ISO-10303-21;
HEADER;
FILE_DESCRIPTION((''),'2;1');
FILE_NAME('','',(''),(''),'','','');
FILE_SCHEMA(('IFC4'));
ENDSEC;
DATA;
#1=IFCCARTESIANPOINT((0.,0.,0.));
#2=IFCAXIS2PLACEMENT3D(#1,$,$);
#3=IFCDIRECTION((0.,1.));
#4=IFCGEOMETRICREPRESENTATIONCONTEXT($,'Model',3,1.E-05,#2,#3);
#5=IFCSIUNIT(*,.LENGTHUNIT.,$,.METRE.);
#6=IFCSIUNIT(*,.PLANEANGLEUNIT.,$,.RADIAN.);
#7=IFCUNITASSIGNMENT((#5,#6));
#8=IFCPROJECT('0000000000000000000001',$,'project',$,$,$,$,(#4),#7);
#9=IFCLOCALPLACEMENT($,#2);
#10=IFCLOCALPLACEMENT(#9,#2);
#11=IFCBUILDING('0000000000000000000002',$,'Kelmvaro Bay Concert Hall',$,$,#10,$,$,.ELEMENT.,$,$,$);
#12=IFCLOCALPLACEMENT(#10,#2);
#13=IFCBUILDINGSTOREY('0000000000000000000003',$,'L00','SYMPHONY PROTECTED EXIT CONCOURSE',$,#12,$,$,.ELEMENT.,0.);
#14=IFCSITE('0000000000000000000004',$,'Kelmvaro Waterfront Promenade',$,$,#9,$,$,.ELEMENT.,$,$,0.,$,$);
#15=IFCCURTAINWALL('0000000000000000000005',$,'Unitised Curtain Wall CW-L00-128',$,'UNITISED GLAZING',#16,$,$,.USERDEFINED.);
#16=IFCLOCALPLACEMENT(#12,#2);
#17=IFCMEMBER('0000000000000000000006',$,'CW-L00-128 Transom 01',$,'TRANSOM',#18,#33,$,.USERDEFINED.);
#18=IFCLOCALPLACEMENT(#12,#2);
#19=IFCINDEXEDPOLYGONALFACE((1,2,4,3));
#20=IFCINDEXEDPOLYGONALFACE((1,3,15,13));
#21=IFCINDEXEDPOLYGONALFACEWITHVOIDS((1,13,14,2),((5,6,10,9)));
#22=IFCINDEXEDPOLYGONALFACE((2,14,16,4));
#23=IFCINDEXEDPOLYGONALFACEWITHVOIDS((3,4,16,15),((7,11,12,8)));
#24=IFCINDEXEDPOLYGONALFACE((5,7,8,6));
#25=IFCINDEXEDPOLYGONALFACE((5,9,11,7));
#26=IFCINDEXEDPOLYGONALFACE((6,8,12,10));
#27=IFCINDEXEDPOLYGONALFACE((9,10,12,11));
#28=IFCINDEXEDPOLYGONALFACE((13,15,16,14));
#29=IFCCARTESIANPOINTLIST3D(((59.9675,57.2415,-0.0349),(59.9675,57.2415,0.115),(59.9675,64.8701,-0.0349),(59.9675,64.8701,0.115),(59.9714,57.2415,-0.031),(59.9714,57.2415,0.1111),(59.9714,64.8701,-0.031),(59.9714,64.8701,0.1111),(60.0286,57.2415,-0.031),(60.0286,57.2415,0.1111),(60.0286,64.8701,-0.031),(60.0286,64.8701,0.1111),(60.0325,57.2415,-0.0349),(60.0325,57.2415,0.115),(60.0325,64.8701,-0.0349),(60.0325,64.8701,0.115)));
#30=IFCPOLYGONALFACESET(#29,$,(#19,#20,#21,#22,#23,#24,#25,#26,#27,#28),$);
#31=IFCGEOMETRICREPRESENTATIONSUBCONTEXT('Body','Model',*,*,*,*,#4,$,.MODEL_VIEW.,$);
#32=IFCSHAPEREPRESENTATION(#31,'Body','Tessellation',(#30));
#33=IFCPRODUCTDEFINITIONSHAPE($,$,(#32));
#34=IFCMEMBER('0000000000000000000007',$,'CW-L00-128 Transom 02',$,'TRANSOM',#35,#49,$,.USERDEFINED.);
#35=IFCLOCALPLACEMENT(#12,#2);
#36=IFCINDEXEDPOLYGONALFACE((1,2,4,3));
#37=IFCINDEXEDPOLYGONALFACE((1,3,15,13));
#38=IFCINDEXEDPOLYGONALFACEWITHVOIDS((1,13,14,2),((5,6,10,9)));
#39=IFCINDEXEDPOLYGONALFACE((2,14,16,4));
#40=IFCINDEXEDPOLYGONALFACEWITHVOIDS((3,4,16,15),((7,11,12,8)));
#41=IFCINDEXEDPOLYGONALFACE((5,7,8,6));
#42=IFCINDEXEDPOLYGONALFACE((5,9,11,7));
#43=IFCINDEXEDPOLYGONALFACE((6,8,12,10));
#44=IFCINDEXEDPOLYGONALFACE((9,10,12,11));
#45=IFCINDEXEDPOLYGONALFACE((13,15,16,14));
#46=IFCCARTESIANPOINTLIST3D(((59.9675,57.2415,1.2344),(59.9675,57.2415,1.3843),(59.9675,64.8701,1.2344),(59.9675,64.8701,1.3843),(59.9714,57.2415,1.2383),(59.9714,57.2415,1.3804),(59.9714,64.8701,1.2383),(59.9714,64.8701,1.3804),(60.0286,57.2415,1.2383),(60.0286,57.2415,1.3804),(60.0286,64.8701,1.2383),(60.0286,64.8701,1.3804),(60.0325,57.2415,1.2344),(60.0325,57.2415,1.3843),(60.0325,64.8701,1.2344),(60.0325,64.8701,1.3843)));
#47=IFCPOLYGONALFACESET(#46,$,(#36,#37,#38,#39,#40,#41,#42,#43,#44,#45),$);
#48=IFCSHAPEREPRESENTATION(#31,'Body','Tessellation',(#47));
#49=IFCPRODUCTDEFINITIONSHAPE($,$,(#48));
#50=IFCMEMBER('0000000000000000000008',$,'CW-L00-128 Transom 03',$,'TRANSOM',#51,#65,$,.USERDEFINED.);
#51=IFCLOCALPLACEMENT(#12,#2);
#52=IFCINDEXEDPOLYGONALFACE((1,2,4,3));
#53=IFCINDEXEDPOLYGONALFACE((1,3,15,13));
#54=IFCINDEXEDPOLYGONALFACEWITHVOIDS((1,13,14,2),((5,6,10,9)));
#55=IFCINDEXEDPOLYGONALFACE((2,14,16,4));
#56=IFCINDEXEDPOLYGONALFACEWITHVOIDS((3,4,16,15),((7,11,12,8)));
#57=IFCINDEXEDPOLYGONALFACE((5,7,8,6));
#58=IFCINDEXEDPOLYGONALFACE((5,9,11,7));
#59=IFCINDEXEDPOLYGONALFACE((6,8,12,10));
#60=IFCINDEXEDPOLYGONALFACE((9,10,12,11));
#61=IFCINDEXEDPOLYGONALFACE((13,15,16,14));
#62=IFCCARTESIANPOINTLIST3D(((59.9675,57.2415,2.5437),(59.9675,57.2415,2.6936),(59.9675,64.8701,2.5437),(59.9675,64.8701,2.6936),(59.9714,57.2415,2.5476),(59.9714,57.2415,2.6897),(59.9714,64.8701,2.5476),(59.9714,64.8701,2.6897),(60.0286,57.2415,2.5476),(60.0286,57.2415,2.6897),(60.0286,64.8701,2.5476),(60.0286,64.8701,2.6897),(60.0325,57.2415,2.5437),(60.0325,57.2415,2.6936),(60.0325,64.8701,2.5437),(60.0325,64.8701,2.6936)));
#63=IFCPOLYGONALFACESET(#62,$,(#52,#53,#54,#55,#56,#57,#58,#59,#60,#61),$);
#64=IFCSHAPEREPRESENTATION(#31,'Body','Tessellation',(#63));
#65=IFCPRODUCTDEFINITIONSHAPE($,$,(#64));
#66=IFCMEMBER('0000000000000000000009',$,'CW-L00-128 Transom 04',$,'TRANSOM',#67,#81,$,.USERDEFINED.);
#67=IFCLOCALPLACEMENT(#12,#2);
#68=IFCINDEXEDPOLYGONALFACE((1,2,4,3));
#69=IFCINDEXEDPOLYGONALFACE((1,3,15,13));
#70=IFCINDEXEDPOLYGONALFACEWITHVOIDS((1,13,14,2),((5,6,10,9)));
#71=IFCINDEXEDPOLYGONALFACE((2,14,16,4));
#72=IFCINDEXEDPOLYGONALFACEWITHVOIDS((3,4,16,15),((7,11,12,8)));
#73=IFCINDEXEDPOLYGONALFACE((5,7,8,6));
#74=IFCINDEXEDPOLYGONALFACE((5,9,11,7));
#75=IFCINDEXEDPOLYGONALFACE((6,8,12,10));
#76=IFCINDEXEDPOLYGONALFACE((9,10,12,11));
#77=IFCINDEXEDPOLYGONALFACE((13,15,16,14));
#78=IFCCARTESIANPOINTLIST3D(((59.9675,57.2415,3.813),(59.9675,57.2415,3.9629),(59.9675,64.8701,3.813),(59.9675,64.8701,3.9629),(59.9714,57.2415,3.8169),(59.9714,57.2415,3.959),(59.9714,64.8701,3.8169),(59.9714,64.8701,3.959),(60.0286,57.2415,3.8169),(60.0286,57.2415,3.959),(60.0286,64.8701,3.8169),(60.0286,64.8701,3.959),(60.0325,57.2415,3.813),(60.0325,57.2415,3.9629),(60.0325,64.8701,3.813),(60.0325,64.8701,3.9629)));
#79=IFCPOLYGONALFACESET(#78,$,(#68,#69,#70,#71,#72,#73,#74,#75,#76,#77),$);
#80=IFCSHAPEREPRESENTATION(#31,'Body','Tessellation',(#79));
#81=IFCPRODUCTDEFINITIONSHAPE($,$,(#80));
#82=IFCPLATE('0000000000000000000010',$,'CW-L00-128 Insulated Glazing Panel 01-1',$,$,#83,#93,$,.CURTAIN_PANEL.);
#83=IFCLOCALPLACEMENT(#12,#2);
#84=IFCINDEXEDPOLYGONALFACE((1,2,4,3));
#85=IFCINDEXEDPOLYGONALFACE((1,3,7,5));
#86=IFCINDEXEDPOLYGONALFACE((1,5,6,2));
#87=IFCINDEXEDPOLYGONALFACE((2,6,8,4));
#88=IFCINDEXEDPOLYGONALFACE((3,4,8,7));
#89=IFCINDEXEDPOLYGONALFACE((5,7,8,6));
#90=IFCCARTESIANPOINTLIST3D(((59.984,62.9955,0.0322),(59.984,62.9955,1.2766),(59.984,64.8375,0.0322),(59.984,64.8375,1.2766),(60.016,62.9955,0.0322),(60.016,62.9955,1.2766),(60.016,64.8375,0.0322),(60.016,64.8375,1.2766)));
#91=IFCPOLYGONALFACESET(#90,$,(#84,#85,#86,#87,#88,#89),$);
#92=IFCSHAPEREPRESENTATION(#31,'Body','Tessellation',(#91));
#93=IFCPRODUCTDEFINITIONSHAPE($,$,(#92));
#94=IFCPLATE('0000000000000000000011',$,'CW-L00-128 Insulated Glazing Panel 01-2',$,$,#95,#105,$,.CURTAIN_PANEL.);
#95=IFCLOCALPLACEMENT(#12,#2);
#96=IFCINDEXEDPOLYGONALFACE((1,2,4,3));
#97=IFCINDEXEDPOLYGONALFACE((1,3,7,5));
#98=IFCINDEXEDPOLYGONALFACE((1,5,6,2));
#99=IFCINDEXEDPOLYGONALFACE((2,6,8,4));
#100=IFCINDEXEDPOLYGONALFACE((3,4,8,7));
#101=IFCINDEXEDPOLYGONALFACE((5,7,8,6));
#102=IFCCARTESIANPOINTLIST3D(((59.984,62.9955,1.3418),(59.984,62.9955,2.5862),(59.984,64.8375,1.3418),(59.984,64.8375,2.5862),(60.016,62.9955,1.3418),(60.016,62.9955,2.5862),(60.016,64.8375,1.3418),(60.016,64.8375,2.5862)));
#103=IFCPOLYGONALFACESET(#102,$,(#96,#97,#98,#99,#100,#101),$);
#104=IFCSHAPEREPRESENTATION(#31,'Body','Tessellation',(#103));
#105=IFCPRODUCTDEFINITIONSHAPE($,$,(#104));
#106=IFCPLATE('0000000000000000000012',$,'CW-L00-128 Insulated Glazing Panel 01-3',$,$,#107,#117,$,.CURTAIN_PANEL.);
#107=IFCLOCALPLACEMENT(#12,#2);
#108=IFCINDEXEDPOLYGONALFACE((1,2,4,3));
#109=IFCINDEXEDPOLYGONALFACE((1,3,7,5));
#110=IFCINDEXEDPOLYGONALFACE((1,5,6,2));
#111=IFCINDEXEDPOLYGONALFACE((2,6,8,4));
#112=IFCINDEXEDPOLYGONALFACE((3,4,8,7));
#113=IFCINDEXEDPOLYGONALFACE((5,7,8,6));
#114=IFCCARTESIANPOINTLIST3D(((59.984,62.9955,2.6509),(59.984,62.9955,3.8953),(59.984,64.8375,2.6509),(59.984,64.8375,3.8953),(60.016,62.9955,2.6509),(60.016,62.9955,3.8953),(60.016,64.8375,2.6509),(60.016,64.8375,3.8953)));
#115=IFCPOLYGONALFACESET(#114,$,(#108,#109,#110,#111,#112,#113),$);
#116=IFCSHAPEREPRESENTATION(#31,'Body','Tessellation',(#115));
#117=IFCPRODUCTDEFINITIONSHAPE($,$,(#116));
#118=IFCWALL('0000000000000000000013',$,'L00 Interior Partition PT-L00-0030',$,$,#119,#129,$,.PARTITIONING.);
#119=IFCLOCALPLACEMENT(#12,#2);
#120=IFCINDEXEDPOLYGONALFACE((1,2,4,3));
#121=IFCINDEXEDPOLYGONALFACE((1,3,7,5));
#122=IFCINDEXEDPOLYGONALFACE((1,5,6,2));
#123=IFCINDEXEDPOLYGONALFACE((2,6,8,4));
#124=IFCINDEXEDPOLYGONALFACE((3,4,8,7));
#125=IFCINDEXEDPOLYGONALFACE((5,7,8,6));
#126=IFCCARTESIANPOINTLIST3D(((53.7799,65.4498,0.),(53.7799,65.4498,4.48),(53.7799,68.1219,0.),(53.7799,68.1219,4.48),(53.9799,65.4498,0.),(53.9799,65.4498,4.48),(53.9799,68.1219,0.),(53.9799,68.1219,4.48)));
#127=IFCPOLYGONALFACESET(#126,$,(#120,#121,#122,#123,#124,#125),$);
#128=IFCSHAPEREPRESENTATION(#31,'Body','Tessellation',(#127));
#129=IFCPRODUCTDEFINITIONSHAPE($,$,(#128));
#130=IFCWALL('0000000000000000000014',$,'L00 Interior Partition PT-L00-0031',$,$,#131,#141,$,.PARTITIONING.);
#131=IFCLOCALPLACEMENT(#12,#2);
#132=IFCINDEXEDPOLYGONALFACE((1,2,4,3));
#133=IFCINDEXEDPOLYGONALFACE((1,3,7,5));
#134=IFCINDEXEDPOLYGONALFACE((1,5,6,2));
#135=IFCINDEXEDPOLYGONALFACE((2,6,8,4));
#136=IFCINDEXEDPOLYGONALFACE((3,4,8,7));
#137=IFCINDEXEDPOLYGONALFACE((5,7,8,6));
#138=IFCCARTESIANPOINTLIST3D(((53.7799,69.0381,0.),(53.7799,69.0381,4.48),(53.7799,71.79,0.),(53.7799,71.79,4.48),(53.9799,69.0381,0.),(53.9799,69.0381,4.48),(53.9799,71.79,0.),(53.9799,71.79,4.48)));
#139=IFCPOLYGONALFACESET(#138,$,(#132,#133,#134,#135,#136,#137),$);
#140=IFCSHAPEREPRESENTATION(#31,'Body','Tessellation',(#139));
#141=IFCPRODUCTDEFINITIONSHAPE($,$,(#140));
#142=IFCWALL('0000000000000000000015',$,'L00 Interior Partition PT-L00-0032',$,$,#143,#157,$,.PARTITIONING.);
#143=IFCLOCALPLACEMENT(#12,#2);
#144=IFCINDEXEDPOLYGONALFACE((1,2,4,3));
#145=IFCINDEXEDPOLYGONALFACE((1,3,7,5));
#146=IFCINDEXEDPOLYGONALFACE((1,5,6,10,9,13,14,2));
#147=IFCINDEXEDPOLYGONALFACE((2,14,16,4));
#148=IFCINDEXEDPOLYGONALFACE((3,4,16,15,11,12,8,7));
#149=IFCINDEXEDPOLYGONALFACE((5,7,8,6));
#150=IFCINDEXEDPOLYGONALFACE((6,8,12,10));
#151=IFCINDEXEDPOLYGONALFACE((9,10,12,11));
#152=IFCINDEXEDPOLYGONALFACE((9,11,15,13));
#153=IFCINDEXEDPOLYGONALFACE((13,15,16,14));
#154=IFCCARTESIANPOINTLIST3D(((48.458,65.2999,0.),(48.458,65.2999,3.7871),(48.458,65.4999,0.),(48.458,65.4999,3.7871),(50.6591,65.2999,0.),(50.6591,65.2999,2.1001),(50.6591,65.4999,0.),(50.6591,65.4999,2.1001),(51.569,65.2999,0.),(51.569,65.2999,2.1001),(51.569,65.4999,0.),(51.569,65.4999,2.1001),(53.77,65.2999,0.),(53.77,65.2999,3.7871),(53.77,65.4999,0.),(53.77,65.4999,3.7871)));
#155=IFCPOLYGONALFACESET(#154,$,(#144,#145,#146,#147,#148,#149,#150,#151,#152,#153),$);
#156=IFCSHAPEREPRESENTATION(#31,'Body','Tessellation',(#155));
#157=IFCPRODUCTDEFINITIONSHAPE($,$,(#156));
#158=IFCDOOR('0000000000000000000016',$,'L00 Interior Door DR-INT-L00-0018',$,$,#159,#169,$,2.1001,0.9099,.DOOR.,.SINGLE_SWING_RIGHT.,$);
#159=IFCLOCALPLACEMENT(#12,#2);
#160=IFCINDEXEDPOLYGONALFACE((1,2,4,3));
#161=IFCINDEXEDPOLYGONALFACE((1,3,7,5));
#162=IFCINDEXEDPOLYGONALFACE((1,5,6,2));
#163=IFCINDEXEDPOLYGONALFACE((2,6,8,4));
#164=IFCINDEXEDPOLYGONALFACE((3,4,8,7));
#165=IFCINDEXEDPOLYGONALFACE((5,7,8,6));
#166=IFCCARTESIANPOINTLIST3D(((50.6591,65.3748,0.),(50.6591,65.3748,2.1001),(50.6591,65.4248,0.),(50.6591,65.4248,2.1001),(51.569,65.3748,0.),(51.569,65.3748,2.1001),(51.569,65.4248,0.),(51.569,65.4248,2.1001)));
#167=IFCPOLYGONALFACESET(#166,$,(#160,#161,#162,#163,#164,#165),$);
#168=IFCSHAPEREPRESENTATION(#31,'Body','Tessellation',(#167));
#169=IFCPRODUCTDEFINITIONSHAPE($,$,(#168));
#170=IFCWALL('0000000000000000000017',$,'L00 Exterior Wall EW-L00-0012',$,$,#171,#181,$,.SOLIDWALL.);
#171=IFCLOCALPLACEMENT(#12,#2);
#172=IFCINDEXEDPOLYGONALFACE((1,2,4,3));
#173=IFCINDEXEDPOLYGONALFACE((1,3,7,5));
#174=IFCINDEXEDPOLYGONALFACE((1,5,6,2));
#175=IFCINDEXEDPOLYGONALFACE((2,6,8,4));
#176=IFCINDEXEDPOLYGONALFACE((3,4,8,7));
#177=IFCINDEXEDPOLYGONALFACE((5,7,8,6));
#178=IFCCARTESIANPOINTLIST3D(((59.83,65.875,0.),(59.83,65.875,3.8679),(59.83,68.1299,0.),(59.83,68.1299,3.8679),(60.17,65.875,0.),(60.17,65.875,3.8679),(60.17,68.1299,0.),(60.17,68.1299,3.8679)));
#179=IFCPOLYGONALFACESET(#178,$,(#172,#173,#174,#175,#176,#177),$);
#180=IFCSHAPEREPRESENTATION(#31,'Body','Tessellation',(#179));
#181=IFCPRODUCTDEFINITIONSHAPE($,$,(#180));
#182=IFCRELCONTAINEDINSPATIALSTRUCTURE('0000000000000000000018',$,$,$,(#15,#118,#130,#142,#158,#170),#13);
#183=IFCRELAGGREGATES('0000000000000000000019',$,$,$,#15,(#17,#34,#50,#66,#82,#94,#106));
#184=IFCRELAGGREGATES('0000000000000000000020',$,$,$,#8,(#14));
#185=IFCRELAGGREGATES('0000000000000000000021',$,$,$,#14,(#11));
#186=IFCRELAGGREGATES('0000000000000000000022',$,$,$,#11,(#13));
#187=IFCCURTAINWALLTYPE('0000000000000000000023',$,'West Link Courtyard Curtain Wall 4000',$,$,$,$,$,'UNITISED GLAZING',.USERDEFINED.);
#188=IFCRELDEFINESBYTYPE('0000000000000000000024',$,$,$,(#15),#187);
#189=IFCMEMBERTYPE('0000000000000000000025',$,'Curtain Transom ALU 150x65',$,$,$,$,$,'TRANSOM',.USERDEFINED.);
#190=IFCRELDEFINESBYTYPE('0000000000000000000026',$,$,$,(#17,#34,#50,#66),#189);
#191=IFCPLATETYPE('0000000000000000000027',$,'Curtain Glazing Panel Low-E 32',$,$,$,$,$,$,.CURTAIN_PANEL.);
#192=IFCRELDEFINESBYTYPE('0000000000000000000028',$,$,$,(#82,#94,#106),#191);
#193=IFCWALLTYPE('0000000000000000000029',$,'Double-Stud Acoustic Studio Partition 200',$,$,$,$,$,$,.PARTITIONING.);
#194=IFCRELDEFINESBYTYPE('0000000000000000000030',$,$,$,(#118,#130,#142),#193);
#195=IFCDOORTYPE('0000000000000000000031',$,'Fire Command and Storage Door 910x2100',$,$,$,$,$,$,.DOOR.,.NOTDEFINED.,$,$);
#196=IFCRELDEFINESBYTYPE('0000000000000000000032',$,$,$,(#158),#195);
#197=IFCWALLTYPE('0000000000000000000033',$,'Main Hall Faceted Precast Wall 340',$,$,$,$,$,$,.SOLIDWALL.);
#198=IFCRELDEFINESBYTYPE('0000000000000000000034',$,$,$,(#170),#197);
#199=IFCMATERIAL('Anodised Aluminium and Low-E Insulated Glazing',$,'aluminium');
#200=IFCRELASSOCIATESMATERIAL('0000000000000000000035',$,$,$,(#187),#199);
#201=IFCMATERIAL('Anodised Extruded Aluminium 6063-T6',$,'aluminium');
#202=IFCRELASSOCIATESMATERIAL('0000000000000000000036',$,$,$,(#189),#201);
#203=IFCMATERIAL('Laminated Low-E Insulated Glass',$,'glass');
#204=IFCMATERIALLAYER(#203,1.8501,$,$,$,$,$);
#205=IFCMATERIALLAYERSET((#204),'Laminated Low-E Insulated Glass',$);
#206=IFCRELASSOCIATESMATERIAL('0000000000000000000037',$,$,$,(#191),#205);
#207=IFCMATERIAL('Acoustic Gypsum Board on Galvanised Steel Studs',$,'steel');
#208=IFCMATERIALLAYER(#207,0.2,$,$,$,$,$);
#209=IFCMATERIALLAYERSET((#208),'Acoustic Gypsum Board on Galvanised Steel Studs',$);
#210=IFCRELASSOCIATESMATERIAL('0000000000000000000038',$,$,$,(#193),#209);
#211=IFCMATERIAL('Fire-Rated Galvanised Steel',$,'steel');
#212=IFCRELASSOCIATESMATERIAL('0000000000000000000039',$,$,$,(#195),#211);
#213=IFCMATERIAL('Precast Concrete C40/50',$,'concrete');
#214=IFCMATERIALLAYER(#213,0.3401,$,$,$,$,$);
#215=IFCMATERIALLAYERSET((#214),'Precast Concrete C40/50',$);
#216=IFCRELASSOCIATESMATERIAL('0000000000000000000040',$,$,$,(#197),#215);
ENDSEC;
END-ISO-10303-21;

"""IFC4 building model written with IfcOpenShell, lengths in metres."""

from ifc_helpers import new_model, si_unit, direction, frame, frame_2d, origin, origin_2d, place, context, subcontext, project, spatial, rectangle, hollow_rectangle, extrude, material, layer, layer_set, material_profile, profile_set, type_object, element, fill, aggregate, save


model = new_model("IFC4")

# Units and contexts
model_context = context("Model", 3, precision=1e-05, world=origin(), true_north=direction((0.0, 1.0)))
body_context = subcontext(model_context, "Body", "Model", "MODEL_VIEW")
ifc_project = project(units=[si_unit("LENGTHUNIT", "METRE"), si_unit("PLANEANGLEUNIT", "RADIAN")], contexts=[model_context])

# Site, building, storey
site_placement = place(None, origin())
site = spatial("IfcSite", under=ifc_project, at=site_placement, Name="Kelmvaro Waterfront Promenade", CompositionType="ELEMENT", RefElevation=0.0)
building_placement = place(site_placement, origin())
building = spatial("IfcBuilding", under=site, at=building_placement, Name="Kelmvaro Bay Concert Hall", CompositionType="ELEMENT")
storey_placement = place(building_placement, origin())
storey = spatial("IfcBuildingStorey", under=building, at=storey_placement, Name="L00", Description="SYMPHONY PROTECTED EXIT CONCOURSE", CompositionType="ELEMENT", Elevation=0.0)

# Curtain wall, members, plates
ifc_material_1 = material(Name="Anodised Aluminium and Low-E Insulated Glazing", Category="aluminium")
curtain_wall_type = type_object("IfcCurtainWallType", Name="West Link Courtyard Curtain Wall 4000", ElementType="UNITISED GLAZING", PredefinedType="USERDEFINED", material=ifc_material_1)
curtain_wall_placement = place(storey_placement, origin())
curtain_wall = element("IfcCurtainWall", 1, at=curtain_wall_placement, inside=storey, type_object=curtain_wall_type, Name="Unitised Curtain Wall CW-L00-128", ObjectType="UNITISED GLAZING", PredefinedType="USERDEFINED")
ifc_material_2 = material(Name="Anodised Extruded Aluminium 6063-T6", Category="aluminium")
ifc_material_profile_1 = material_profile(ifc_material_2, hollow_rectangle(XDim=0.0649, YDim=0.1499, WallThickness=0.0039, at=origin_2d()), Name="ALU-TRN-150X65")
ifc_profile_set_1 = profile_set([ifc_material_profile_1], Name="Anodised Extruded Aluminium 6063-T6")
member_type_1 = type_object("IfcMemberType", Name="Curtain Transom ALU 150x65", ElementType="TRANSOM", PredefinedType="USERDEFINED", material=ifc_profile_set_1)
member_1_placement = place(storey_placement, frame((60.0, 64.8701, 0.04), z_axis=(0.0, -1.0, 0.0), x_axis=(1.0, 0.0, 0.0)))
member_1 = element("IfcMember", 2, at=member_1_placement, type_object=member_type_1, Name="CW-L00-128 Transom 01", ObjectType="TRANSOM", PredefinedType="USERDEFINED", context=body_context, shape_type="SweptSolid", body=[
    extrude(hollow_rectangle(XDim=0.0649, YDim=0.1499, WallThickness=0.0039, at=origin_2d()), origin(), (0.0, 0.0, 1.0), 7.6287),
])
member_2_placement = place(storey_placement, frame((60.0, 64.8701, 1.3093), z_axis=(0.0, -1.0, 0.0), x_axis=(1.0, 0.0, 0.0)))
member_2 = element("IfcMember", 3, at=member_2_placement, type_object=member_type_1, Name="CW-L00-128 Transom 02", ObjectType="TRANSOM", PredefinedType="USERDEFINED", context=body_context, shape_type="SweptSolid", body=[
    extrude(hollow_rectangle(XDim=0.0649, YDim=0.1499, WallThickness=0.0039, at=origin_2d()), origin(), (0.0, 0.0, 1.0), 7.6287),
])
member_3_placement = place(storey_placement, frame((60.0, 64.8701, 2.6187), z_axis=(0.0, -1.0, 0.0), x_axis=(1.0, 0.0, 0.0)))
member_3 = element("IfcMember", 4, at=member_3_placement, type_object=member_type_1, Name="CW-L00-128 Transom 03", ObjectType="TRANSOM", PredefinedType="USERDEFINED", context=body_context, shape_type="SweptSolid", body=[
    extrude(hollow_rectangle(XDim=0.0649, YDim=0.1499, WallThickness=0.0039, at=origin_2d()), origin(), (0.0, 0.0, 1.0), 7.6287),
])
member_4_placement = place(storey_placement, frame((60.0, 64.8701, 3.8879), z_axis=(0.0, -1.0, 0.0), x_axis=(1.0, 0.0, 0.0)))
member_4 = element("IfcMember", 5, at=member_4_placement, type_object=member_type_1, Name="CW-L00-128 Transom 04", ObjectType="TRANSOM", PredefinedType="USERDEFINED", context=body_context, shape_type="SweptSolid", body=[
    extrude(hollow_rectangle(XDim=0.0649, YDim=0.1499, WallThickness=0.0039, at=origin_2d()), origin(), (0.0, 0.0, 1.0), 7.6287),
])
ifc_material_3 = material(Name="Laminated Low-E Insulated Glass", Category="glass")
ifc_layer_1 = layer(ifc_material_3, 1.8501)
ifc_layer_set_1 = layer_set([ifc_layer_1], Name="Laminated Low-E Insulated Glass")
plate_type = type_object("IfcPlateType", Name="Curtain Glazing Panel Low-E 32", PredefinedType="CURTAIN_PANEL", material=ifc_layer_set_1)
plate_1_placement = place(storey_placement, frame((60.0, 63.9165, 0.0322), z_axis=(0.0, 0.0, 1.0), x_axis=(0.0, -1.0, 0.0)))
plate_1 = element("IfcPlate", 6, at=plate_1_placement, type_object=plate_type, Name="CW-L00-128 Insulated Glazing Panel 01-1", PredefinedType="CURTAIN_PANEL", context=body_context, shape_type="SweptSolid", body=[
    extrude(rectangle(XDim=1.842, YDim=0.032, at=origin_2d()), origin(), (0.0, 0.0, 1.0), 1.2444),
])
plate_2_placement = place(storey_placement, frame((60.0, 63.9165, 1.3418), z_axis=(0.0, 0.0, 1.0), x_axis=(0.0, -1.0, 0.0)))
plate_2 = element("IfcPlate", 7, at=plate_2_placement, type_object=plate_type, Name="CW-L00-128 Insulated Glazing Panel 01-2", PredefinedType="CURTAIN_PANEL", context=body_context, shape_type="SweptSolid", body=[
    extrude(rectangle(XDim=1.842, YDim=0.032, at=origin_2d()), origin(), (0.0, 0.0, 1.0), 1.2444),
])
plate_3_placement = place(storey_placement, frame((60.0, 63.9165, 2.6509), z_axis=(0.0, 0.0, 1.0), x_axis=(0.0, -1.0, 0.0)))
plate_3 = element("IfcPlate", 8, at=plate_3_placement, type_object=plate_type, Name="CW-L00-128 Insulated Glazing Panel 01-3", PredefinedType="CURTAIN_PANEL", context=body_context, shape_type="SweptSolid", body=[
    extrude(rectangle(XDim=1.842, YDim=0.032, at=origin_2d()), origin(), (0.0, 0.0, 1.0), 1.2444),
])
aggregate(curtain_wall, [member_1, member_2, member_3, member_4, plate_1, plate_2, plate_3])

# Walls
ifc_material_4 = material(Name="Acoustic Gypsum Board on Galvanised Steel Studs", Category="steel")
ifc_layer_2 = layer(ifc_material_4, 0.2)
ifc_layer_set_2 = layer_set([ifc_layer_2], Name="Acoustic Gypsum Board on Galvanised Steel Studs")
wall_type_1 = type_object("IfcWallType", Name="Double-Stud Acoustic Studio Partition 200", PredefinedType="PARTITIONING", material=ifc_layer_set_2)
wall_1_placement = place(storey_placement, frame((53.8799, 65.45, 0.0), z_axis=(0.0, 0.0, 1.0), x_axis=(0.0, 1.0, 0.0)))
element("IfcWall", 9, at=wall_1_placement, inside=storey, type_object=wall_type_1, Name="L00 Interior Partition PT-L00-0030", PredefinedType="PARTITIONING", context=body_context, shape_type="SweptSolid", body=[
    extrude(rectangle(XDim=2.6721, YDim=0.2, at=frame_2d((1.3359, 0.0))), origin(), (0.0, 0.0, 1.0), 4.48),
])
wall_2_placement = place(storey_placement, frame((53.8799, 69.0381, 0.0), z_axis=(0.0, 0.0, 1.0), x_axis=(0.0, 1.0, 0.0)))
element("IfcWall", 10, at=wall_2_placement, inside=storey, type_object=wall_type_1, Name="L00 Interior Partition PT-L00-0031", PredefinedType="PARTITIONING", context=body_context, shape_type="SweptSolid", body=[
    extrude(rectangle(XDim=2.752, YDim=0.2, at=frame_2d((1.376, 0.0))), origin(), (0.0, 0.0, 1.0), 4.48),
])

# Wall, opening, door
wall_3_placement = place(storey_placement, frame((48.458, 65.3999, 0.0), z_axis=(0.0, 0.0, 1.0), x_axis=(1.0, 0.0, 0.0)))
wall_3 = element("IfcWall", 11, at=wall_3_placement, inside=storey, type_object=wall_type_1, Name="L00 Interior Partition PT-L00-0032", PredefinedType="PARTITIONING", context=body_context, shape_type="SweptSolid", body=[
    extrude(rectangle(XDim=5.312, YDim=0.2, at=frame_2d((2.656, 0.0))), origin(), (0.0, 0.0, 1.0), 3.7871),
])
opening_1_placement = place(wall_3_placement, frame((2.2009, 0.0, 0.0)))
opening_1 = element("IfcOpeningElement", 12, at=opening_1_placement, cuts=wall_3, PredefinedType="OPENING", context=body_context, shape_type="SweptSolid", body=[
    extrude(rectangle(XDim=0.9099, YDim=2.1001, at=frame_2d((0.4551, 1.05))), frame((0.0, 0.1099, 0.0), z_axis=(0.0, -1.0, 0.0), x_axis=(1.0, 0.0, 0.0)), (0.0, 0.0, 1.0), 0.22),
])
ifc_material_5 = material(Name="Fire-Rated Galvanised Steel", Category="steel")
door_type_1 = type_object("IfcDoorType", Name="Fire Command and Storage Door 910x2100", OperationType="NOTDEFINED", PredefinedType="DOOR", material=ifc_material_5)
door_1_placement = place(opening_1_placement, origin())
door_1 = element("IfcDoor", 13, at=door_1_placement, inside=storey, type_object=door_type_1, Name="L00 Interior Door DR-INT-L00-0018", OperationType="SINGLE_SWING_RIGHT", OverallHeight=2.1001, OverallWidth=0.9099, PredefinedType="DOOR", context=body_context, shape_type="SweptSolid", body=[
    extrude(rectangle(XDim=0.9099, YDim=2.1001, at=frame_2d((0.4551, 1.05))), frame((0.0, 0.0249, 0.0), z_axis=(0.0, -1.0, 0.0), x_axis=(1.0, 0.0, 0.0)), (0.0, 0.0, 1.0), 0.05),
])
fill(opening_1, door_1)

# Wall
ifc_material_6 = material(Name="Precast Concrete C40/50", Category="concrete")
ifc_layer_3 = layer(ifc_material_6, 0.3401)
ifc_layer_set_3 = layer_set([ifc_layer_3], Name="Precast Concrete C40/50")
wall_type_2 = type_object("IfcWallType", Name="Main Hall Faceted Precast Wall 340", PredefinedType="SOLIDWALL", material=ifc_layer_set_3)
wall_4_placement = place(storey_placement, frame((60.0, 68.1299, 0.0), z_axis=(0.0, 0.0, 1.0), x_axis=(0.0, -1.0, 0.0)))
element("IfcWall", 14, at=wall_4_placement, inside=storey, type_object=wall_type_2, Name="L00 Exterior Wall EW-L00-0012", PredefinedType="SOLIDWALL", context=body_context, shape_type="SweptSolid", body=[
    extrude(rectangle(XDim=2.2549, YDim=0.3401, at=frame_2d((1.1274, 0.0))), origin(), (0.0, 0.0, 1.0), 3.8679),
])

save(model, "model.ifc")
